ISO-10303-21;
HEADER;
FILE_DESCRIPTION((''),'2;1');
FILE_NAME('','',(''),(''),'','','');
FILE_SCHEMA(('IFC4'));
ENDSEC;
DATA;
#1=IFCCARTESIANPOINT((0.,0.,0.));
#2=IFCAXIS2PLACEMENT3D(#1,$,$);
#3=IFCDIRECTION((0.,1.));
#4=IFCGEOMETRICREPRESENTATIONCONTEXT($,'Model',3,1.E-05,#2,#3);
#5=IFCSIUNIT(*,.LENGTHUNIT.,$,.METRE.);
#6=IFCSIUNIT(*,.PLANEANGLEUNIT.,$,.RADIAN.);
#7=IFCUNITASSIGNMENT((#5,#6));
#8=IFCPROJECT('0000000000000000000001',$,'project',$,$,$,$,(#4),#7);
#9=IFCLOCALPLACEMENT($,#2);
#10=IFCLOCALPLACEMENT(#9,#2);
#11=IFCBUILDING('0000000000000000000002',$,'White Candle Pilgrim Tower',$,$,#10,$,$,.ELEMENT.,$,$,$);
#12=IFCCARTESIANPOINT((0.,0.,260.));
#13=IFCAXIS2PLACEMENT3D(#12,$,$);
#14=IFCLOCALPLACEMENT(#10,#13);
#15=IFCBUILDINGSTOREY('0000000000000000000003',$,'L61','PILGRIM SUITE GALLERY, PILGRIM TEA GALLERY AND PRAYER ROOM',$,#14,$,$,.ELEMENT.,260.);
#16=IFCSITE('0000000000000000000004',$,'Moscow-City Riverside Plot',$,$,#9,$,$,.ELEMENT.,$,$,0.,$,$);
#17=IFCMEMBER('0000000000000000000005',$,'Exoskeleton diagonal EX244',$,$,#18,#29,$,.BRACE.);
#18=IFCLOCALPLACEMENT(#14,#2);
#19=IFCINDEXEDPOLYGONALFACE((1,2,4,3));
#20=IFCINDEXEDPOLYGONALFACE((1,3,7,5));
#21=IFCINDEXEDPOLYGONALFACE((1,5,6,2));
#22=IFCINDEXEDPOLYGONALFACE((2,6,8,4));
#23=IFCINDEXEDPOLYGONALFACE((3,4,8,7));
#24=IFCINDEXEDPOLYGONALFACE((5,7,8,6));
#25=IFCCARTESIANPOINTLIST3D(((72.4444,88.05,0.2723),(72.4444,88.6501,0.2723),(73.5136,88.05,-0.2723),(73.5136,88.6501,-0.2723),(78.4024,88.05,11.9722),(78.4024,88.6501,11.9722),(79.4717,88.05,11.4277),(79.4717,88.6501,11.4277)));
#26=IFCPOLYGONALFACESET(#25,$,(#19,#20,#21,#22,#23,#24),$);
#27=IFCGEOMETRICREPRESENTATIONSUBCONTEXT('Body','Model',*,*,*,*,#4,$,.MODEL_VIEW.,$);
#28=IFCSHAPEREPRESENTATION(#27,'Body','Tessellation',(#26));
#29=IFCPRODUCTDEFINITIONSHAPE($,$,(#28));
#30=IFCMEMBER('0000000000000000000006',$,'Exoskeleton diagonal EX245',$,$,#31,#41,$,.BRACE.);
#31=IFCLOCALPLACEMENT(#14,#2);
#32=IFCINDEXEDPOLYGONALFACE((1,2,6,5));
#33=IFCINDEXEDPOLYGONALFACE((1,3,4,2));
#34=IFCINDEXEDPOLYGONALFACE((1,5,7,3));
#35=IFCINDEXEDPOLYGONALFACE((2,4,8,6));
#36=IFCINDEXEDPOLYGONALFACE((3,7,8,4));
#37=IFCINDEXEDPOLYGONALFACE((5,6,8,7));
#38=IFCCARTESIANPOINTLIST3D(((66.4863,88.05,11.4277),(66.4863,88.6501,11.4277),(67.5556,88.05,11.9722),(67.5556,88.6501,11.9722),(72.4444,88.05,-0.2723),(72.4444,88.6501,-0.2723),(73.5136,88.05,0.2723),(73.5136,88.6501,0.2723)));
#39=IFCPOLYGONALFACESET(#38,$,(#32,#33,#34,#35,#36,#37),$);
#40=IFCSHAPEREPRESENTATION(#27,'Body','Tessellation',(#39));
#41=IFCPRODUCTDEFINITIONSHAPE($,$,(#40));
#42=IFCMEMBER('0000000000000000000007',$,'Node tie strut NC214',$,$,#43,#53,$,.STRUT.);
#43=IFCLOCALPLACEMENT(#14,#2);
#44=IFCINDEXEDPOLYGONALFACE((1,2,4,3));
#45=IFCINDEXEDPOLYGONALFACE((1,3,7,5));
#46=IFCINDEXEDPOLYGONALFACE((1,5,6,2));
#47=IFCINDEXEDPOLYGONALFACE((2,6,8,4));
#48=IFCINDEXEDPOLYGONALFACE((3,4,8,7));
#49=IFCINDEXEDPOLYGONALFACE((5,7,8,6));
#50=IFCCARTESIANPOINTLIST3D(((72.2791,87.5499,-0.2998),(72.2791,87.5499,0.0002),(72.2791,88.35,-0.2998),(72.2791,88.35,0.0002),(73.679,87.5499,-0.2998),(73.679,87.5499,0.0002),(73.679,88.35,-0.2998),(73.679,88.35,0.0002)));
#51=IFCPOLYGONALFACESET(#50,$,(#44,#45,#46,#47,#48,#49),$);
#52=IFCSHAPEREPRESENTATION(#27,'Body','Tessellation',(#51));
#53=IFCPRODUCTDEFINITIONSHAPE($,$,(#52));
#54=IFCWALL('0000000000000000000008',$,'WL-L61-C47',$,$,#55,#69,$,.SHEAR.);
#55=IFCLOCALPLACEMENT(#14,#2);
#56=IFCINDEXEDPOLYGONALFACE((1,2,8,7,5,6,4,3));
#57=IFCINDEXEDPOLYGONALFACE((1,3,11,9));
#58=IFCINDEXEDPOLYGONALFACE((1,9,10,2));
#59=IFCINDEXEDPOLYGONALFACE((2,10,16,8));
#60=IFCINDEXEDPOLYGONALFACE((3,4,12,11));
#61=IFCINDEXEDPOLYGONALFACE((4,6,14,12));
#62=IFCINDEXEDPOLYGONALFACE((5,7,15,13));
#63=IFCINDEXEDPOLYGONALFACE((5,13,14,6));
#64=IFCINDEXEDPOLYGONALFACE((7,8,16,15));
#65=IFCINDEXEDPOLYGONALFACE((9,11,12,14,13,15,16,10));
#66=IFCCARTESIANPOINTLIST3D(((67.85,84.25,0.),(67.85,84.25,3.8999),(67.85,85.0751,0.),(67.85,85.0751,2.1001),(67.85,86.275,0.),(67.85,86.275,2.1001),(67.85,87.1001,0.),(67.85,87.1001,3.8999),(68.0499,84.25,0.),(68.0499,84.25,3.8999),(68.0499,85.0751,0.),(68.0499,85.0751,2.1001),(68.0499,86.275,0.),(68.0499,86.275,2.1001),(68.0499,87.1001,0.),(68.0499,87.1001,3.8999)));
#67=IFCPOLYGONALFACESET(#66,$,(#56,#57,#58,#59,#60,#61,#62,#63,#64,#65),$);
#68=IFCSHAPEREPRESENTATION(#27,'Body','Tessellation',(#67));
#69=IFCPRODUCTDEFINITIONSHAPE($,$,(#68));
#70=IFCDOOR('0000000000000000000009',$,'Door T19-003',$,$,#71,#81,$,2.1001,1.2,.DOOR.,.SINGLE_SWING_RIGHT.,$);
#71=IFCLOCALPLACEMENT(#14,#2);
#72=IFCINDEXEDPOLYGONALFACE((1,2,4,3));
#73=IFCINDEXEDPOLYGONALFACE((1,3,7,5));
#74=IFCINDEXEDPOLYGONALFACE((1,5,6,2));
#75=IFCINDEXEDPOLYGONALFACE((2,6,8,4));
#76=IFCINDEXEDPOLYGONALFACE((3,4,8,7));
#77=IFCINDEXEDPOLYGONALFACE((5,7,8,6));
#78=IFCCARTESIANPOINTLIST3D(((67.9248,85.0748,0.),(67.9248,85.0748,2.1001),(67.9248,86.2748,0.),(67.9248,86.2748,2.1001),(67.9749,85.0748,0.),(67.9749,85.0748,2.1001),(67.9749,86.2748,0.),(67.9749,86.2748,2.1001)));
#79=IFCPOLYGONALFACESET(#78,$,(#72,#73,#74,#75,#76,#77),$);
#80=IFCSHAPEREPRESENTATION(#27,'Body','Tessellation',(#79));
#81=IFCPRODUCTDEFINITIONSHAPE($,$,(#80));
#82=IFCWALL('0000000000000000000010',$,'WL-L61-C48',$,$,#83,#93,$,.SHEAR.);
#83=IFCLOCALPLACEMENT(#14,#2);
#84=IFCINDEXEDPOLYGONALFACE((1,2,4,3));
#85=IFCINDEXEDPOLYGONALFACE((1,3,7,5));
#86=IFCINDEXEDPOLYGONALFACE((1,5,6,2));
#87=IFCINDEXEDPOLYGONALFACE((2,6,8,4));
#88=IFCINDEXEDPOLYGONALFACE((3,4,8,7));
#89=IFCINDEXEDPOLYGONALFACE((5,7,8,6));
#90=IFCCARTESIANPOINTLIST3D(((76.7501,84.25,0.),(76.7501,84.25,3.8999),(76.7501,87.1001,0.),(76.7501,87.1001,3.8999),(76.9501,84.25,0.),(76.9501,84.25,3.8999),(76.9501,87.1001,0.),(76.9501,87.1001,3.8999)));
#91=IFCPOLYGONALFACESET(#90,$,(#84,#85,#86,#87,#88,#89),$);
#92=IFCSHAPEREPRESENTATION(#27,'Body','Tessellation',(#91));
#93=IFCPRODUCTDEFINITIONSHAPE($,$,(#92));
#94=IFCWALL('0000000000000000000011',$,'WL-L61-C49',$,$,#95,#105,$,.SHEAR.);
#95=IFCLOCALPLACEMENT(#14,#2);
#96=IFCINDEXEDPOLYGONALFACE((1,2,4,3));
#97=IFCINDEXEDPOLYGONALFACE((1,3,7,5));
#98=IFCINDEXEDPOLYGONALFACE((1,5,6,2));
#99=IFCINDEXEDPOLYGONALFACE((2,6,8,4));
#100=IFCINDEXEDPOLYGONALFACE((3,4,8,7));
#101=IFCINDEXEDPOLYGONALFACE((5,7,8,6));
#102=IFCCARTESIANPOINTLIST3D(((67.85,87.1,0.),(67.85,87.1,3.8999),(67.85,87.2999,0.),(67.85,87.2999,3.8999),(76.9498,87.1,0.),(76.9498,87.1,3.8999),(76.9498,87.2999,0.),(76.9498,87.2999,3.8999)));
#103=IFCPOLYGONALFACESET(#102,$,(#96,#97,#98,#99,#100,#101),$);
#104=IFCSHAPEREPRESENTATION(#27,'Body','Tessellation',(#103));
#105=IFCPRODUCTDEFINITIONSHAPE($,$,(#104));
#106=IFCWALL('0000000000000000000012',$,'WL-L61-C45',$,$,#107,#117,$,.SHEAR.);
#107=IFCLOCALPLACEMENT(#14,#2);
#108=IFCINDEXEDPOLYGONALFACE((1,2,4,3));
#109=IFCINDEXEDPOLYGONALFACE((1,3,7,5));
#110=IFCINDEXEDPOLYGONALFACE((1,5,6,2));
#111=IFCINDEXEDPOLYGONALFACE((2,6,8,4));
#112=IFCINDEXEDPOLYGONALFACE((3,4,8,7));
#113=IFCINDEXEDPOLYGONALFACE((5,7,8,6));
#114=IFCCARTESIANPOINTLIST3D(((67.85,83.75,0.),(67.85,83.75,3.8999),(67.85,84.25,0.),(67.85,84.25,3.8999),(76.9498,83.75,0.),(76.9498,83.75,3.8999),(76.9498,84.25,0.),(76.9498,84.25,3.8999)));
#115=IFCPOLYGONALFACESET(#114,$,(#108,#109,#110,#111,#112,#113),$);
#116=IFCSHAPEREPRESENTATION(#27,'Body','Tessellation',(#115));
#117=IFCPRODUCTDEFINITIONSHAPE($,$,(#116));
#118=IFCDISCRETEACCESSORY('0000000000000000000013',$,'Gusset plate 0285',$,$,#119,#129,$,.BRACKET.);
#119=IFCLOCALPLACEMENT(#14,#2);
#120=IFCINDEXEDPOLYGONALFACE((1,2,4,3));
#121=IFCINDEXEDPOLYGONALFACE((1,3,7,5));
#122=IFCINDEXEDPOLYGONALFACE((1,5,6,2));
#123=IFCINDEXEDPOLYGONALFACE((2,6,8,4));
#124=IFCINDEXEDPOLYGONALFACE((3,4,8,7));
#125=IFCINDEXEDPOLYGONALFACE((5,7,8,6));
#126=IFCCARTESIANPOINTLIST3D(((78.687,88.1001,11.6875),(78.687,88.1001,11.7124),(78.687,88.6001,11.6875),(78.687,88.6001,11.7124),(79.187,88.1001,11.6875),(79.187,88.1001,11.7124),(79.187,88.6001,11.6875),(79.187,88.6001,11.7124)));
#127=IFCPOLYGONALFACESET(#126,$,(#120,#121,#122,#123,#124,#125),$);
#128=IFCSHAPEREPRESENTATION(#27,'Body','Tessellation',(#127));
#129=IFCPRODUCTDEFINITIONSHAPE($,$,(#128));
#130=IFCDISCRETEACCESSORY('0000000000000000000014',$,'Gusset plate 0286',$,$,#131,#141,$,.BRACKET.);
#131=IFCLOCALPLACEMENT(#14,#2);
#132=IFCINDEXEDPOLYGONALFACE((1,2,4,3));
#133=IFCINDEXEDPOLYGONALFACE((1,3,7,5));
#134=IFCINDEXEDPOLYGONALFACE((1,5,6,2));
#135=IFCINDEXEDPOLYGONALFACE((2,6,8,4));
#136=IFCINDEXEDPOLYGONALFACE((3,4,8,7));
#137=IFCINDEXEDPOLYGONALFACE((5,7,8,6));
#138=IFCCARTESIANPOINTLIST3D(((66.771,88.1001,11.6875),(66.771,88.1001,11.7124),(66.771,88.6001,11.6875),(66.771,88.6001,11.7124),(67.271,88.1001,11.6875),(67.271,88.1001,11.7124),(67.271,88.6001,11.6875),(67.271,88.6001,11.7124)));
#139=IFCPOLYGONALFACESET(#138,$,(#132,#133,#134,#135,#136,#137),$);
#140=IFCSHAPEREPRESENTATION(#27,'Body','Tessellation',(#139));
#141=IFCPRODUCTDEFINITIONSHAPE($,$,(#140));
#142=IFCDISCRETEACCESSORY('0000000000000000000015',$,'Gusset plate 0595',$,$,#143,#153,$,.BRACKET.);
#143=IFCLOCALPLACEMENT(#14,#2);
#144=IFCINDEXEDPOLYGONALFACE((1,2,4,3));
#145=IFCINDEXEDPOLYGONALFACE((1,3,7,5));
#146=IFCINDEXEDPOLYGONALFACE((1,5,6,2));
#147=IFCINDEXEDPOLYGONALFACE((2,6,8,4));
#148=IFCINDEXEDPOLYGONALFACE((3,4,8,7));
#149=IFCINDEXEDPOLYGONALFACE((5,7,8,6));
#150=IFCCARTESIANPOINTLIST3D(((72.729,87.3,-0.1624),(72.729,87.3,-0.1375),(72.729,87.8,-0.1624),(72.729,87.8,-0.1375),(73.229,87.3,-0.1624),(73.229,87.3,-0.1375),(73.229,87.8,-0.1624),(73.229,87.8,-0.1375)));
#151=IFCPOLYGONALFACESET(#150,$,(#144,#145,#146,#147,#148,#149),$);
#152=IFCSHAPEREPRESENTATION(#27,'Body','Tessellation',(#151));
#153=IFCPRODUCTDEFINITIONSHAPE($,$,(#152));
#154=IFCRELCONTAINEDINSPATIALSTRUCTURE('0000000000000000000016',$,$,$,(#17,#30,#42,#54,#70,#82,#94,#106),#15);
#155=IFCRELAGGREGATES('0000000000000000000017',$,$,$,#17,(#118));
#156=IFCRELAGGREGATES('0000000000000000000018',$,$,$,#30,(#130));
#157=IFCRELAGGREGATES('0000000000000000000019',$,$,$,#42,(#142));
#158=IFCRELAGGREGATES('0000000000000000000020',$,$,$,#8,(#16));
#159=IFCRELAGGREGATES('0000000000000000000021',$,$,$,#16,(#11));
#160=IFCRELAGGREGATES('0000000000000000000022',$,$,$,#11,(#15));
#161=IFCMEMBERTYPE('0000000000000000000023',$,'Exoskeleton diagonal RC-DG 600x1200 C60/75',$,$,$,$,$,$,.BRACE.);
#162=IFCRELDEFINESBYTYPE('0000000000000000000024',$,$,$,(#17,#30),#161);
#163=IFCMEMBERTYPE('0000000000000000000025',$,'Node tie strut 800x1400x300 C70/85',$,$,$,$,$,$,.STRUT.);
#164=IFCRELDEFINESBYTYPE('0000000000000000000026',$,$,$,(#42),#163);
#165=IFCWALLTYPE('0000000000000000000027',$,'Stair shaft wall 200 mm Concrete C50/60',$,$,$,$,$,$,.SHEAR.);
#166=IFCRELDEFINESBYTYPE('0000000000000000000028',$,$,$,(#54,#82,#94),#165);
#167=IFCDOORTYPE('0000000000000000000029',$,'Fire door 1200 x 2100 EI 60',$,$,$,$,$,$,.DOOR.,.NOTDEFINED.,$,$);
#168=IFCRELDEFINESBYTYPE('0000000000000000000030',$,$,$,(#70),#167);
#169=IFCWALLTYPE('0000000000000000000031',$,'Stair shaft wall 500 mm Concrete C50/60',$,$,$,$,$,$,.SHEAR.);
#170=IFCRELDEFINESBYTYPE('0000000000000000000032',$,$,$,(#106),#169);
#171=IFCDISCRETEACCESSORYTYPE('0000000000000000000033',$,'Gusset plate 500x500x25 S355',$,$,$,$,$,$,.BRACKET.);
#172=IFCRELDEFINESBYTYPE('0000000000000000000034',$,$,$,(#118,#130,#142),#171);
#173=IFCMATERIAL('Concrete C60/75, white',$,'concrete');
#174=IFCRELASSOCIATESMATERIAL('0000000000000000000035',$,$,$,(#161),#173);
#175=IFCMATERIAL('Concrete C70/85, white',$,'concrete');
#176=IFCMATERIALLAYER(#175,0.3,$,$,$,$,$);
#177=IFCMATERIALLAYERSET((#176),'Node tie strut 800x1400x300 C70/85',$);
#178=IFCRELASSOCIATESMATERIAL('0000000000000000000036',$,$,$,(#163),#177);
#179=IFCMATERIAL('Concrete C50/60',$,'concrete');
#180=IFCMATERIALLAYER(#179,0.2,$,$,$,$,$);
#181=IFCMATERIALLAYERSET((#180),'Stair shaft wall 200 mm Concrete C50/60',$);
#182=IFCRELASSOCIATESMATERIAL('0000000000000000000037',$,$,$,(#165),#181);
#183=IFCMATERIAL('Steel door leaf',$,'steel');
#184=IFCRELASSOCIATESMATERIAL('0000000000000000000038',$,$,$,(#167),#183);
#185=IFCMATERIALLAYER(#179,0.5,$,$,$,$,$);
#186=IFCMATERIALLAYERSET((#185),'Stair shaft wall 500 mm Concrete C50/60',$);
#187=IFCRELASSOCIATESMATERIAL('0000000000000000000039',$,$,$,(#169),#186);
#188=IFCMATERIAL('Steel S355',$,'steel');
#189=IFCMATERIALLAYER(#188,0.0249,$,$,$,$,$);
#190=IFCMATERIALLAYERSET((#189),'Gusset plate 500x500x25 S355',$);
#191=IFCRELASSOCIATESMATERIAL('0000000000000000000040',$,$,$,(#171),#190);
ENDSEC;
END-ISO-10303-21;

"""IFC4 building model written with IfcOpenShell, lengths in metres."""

from ifc_helpers import new_model, si_unit, direction, frame, frame_2d, origin, origin_2d, place, context, subcontext, project, spatial, rectangle, extrude, material, layer, layer_set, material_profile, profile_set, type_object, element, fill, aggregate, save


model = new_model("IFC4")

# Units and contexts
model_context = context("Model", 3, precision=1e-05, world=origin(), true_north=direction((0.0, 1.0)))
body_context = subcontext(model_context, "Body", "Model", "MODEL_VIEW")
ifc_project = project(units=[si_unit("LENGTHUNIT", "METRE"), si_unit("PLANEANGLEUNIT", "RADIAN")], contexts=[model_context])

# Site, building, storey
site_placement = place(None, origin())
site = spatial("IfcSite", under=ifc_project, at=site_placement, Name="Moscow-City Riverside Plot", CompositionType="ELEMENT", RefElevation=0.0)
building_placement = place(site_placement, origin())
building = spatial("IfcBuilding", under=site, at=building_placement, Name="White Candle Pilgrim Tower", CompositionType="ELEMENT")
storey_placement = place(building_placement, frame((0.0, 0.0, 260.0)))
storey = spatial("IfcBuildingStorey", under=building, at=storey_placement, Name="L61", Description="PILGRIM SUITE GALLERY, PILGRIM TEA GALLERY AND PRAYER ROOM", CompositionType="ELEMENT", Elevation=260.0)

# Members
ifc_material_1 = material(Name="Concrete C60/75, white", Category="concrete")
ifc_material_profile = material_profile(ifc_material_1, rectangle(XDim=0.6001, YDim=1.2, at=origin_2d()), Name="RC-DG 600x1200")
ifc_profile_set = profile_set([ifc_material_profile], Name="Concrete C60/75, white")
member_type_1 = type_object("IfcMemberType", Name="Exoskeleton diagonal RC-DG 600x1200 C60/75", PredefinedType="BRACE", material=ifc_profile_set)
member_1_placement = place(storey_placement, frame((72.979, 88.3501, 0.0), z_axis=(0.453784, 0.0, 0.891112), x_axis=(0.0, 1.0, 0.0)))
member_1 = element("IfcMember", 1, at=member_1_placement, inside=storey, type_object=member_type_1, Name="Exoskeleton diagonal EX244", PredefinedType="BRACE", context=body_context, shape_type="SweptSolid", body=[
    extrude(rectangle(XDim=0.6001, YDim=1.2, at=origin_2d()), origin(), (0.0, 0.0, 1.0), 13.1296),
])
member_2_placement = place(storey_placement, frame((72.979, 88.3501, 0.0), z_axis=(-0.453784, 0.0, 0.891112), x_axis=(0.0, -1.0, 0.0)))
member_2 = element("IfcMember", 2, at=member_2_placement, inside=storey, type_object=member_type_1, Name="Exoskeleton diagonal EX245", PredefinedType="BRACE", context=body_context, shape_type="SweptSolid", body=[
    extrude(rectangle(XDim=0.6001, YDim=1.2, at=origin_2d()), origin(), (0.0, 0.0, 1.0), 13.1296),
])
ifc_material_2 = material(Name="Concrete C70/85, white", Category="concrete")
ifc_layer_1 = layer(ifc_material_2, 0.3)
ifc_layer_set_1 = layer_set([ifc_layer_1], Name="Node tie strut 800x1400x300 C70/85")
member_type_2 = type_object("IfcMemberType", Name="Node tie strut 800x1400x300 C70/85", PredefinedType="STRUT", material=ifc_layer_set_1)
member_3_placement = place(storey_placement, frame((72.979, 87.95, -0.2998), z_axis=(0.0, 0.0, 1.0), x_axis=(-1.0, 0.0, 0.0)))
member_3 = element("IfcMember", 3, at=member_3_placement, inside=storey, type_object=member_type_2, Name="Node tie strut NC214", PredefinedType="STRUT", context=body_context, shape_type="SweptSolid", body=[
    extrude(rectangle(XDim=1.3999, YDim=0.8, at=origin_2d()), origin(), (0.0, 0.0, 1.0), 0.3),
])

# Wall, opening, door
ifc_material_3 = material(Name="Concrete C50/60", Category="concrete")
ifc_layer_2 = layer(ifc_material_3, 0.2)
ifc_layer_set_2 = layer_set([ifc_layer_2], Name="Stair shaft wall 200 mm Concrete C50/60")
wall_type_1 = type_object("IfcWallType", Name="Stair shaft wall 200 mm Concrete C50/60", PredefinedType="SHEAR", material=ifc_layer_set_2)
wall_1_placement = place(storey_placement, frame((67.95, 84.25, 0.0), z_axis=(0.0, 0.0, 1.0), x_axis=(0.0, 1.0, 0.0)))
wall_1 = element("IfcWall", 4, at=wall_1_placement, inside=storey, type_object=wall_type_1, Name="WL-L61-C47", PredefinedType="SHEAR", context=body_context, shape_type="SweptSolid", body=[
    extrude(rectangle(XDim=2.8501, YDim=0.2, at=frame_2d((1.425, 0.0))), origin(), (0.0, 0.0, 1.0), 3.8999),
])
opening_placement = place(wall_1_placement, frame((0.825, 0.0, 0.0)))
opening = element("IfcOpeningElement", 5, at=opening_placement, cuts=wall_1, PredefinedType="OPENING", context=body_context, shape_type="SweptSolid", body=[
    extrude(rectangle(XDim=1.2, YDim=2.1001, at=frame_2d((0.6001, 1.05))), frame((0.0, 0.1099, 0.0), z_axis=(0.0, -1.0, 0.0), x_axis=(1.0, 0.0, 0.0)), (0.0, 0.0, 1.0), 0.22),
])
ifc_material_4 = material(Name="Steel door leaf", Category="steel")
door_type = type_object("IfcDoorType", Name="Fire door 1200 x 2100 EI 60", OperationType="NOTDEFINED", PredefinedType="DOOR", material=ifc_material_4)
door_placement = place(opening_placement, frame((1.2, 0.0, 0.0), z_axis=(0.0, 0.0, 1.0), x_axis=(-1.0, 0.0, 0.0)))
door = element("IfcDoor", 6, at=door_placement, inside=storey, type_object=door_type, Name="Door T19-003", OperationType="SINGLE_SWING_RIGHT", OverallHeight=2.1001, OverallWidth=1.2, PredefinedType="DOOR", context=body_context, shape_type="SweptSolid", body=[
    extrude(rectangle(XDim=1.2, YDim=2.1001, at=frame_2d((0.6001, 1.05))), frame((0.0, 0.0249, 0.0), z_axis=(0.0, -1.0, 0.0), x_axis=(1.0, 0.0, 0.0)), (0.0, 0.0, 1.0), 0.05),
])
fill(opening, door)

# Walls
wall_2_placement = place(storey_placement, frame((76.8501, 84.25, 0.0), z_axis=(0.0, 0.0, 1.0), x_axis=(0.0, 1.0, 0.0)))
element("IfcWall", 7, at=wall_2_placement, inside=storey, type_object=wall_type_1, Name="WL-L61-C48", PredefinedType="SHEAR", context=body_context, shape_type="SweptSolid", body=[
    extrude(rectangle(XDim=2.8501, YDim=0.2, at=frame_2d((1.425, 0.0))), origin(), (0.0, 0.0, 1.0), 3.8999),
])
wall_3_placement = place(storey_placement, frame((67.8501, 87.2, 0.0), z_axis=(0.0, 0.0, 1.0), x_axis=(1.0, 0.0, 0.0)))
element("IfcWall", 8, at=wall_3_placement, inside=storey, type_object=wall_type_1, Name="WL-L61-C49", PredefinedType="SHEAR", context=body_context, shape_type="SweptSolid", body=[
    extrude(rectangle(XDim=9.0999, YDim=0.2, at=frame_2d((4.5498, 0.0))), origin(), (0.0, 0.0, 1.0), 3.8999),
])
ifc_layer_3 = layer(ifc_material_3, 0.5)
ifc_layer_set_3 = layer_set([ifc_layer_3], Name="Stair shaft wall 500 mm Concrete C50/60")
wall_type_2 = type_object("IfcWallType", Name="Stair shaft wall 500 mm Concrete C50/60", PredefinedType="SHEAR", material=ifc_layer_set_3)
wall_4_placement = place(storey_placement, frame((67.8501, 84.0, 0.0), z_axis=(0.0, 0.0, 1.0), x_axis=(1.0, 0.0, 0.0)))
element("IfcWall", 9, at=wall_4_placement, inside=storey, type_object=wall_type_2, Name="WL-L61-C45", PredefinedType="SHEAR", context=body_context, shape_type="SweptSolid", body=[
    extrude(rectangle(XDim=9.0999, YDim=0.5, at=frame_2d((4.5498, 0.0))), origin(), (0.0, 0.0, 1.0), 3.8999),
])

# Discrete accessories
ifc_material_5 = material(Name="Steel S355", Category="steel")
ifc_layer_4 = layer(ifc_material_5, 0.0249)
ifc_layer_set_4 = layer_set([ifc_layer_4], Name="Gusset plate 500x500x25 S355")
discrete_accessory_type = type_object("IfcDiscreteAccessoryType", Name="Gusset plate 500x500x25 S355", PredefinedType="BRACKET", material=ifc_layer_set_4)
placement = place(building_placement, frame((0.0, 0.0, 271.7)))
discrete_accessory_1_placement = place(placement, frame((78.937, 88.3501, -0.0125), z_axis=(0.0, 0.0, 1.0), x_axis=(1.0, 0.0, 0.0)))
discrete_accessory_1 = element("IfcDiscreteAccessory", 10, at=discrete_accessory_1_placement, type_object=discrete_accessory_type, Name="Gusset plate 0285", PredefinedType="BRACKET", context=body_context, shape_type="SweptSolid", body=[
    extrude(rectangle(XDim=0.5, YDim=0.5, at=origin_2d()), origin(), (0.0, 0.0, 1.0), 0.0249),
])
aggregate(member_1, [discrete_accessory_1])
discrete_accessory_2_placement = place(placement, frame((67.021, 88.3501, -0.0125), z_axis=(0.0, 0.0, 1.0), x_axis=(1.0, 0.0, 0.0)))
discrete_accessory_2 = element("IfcDiscreteAccessory", 11, at=discrete_accessory_2_placement, type_object=discrete_accessory_type, Name="Gusset plate 0286", PredefinedType="BRACKET", context=body_context, shape_type="SweptSolid", body=[
    extrude(rectangle(XDim=0.5, YDim=0.5, at=origin_2d()), origin(), (0.0, 0.0, 1.0), 0.0249),
])
aggregate(member_2, [discrete_accessory_2])
discrete_accessory_3_placement = place(storey_placement, frame((72.979, 87.55, -0.1624), z_axis=(0.0, 0.0, 1.0), x_axis=(1.0, 0.0, 0.0)))
discrete_accessory_3 = element("IfcDiscreteAccessory", 12, at=discrete_accessory_3_placement, type_object=discrete_accessory_type, Name="Gusset plate 0595", PredefinedType="BRACKET", context=body_context, shape_type="SweptSolid", body=[
    extrude(rectangle(XDim=0.5, YDim=0.5, at=origin_2d()), origin(), (0.0, 0.0, 1.0), 0.0249),
])
aggregate(member_3, [discrete_accessory_3])

save(model, "model.ifc")
